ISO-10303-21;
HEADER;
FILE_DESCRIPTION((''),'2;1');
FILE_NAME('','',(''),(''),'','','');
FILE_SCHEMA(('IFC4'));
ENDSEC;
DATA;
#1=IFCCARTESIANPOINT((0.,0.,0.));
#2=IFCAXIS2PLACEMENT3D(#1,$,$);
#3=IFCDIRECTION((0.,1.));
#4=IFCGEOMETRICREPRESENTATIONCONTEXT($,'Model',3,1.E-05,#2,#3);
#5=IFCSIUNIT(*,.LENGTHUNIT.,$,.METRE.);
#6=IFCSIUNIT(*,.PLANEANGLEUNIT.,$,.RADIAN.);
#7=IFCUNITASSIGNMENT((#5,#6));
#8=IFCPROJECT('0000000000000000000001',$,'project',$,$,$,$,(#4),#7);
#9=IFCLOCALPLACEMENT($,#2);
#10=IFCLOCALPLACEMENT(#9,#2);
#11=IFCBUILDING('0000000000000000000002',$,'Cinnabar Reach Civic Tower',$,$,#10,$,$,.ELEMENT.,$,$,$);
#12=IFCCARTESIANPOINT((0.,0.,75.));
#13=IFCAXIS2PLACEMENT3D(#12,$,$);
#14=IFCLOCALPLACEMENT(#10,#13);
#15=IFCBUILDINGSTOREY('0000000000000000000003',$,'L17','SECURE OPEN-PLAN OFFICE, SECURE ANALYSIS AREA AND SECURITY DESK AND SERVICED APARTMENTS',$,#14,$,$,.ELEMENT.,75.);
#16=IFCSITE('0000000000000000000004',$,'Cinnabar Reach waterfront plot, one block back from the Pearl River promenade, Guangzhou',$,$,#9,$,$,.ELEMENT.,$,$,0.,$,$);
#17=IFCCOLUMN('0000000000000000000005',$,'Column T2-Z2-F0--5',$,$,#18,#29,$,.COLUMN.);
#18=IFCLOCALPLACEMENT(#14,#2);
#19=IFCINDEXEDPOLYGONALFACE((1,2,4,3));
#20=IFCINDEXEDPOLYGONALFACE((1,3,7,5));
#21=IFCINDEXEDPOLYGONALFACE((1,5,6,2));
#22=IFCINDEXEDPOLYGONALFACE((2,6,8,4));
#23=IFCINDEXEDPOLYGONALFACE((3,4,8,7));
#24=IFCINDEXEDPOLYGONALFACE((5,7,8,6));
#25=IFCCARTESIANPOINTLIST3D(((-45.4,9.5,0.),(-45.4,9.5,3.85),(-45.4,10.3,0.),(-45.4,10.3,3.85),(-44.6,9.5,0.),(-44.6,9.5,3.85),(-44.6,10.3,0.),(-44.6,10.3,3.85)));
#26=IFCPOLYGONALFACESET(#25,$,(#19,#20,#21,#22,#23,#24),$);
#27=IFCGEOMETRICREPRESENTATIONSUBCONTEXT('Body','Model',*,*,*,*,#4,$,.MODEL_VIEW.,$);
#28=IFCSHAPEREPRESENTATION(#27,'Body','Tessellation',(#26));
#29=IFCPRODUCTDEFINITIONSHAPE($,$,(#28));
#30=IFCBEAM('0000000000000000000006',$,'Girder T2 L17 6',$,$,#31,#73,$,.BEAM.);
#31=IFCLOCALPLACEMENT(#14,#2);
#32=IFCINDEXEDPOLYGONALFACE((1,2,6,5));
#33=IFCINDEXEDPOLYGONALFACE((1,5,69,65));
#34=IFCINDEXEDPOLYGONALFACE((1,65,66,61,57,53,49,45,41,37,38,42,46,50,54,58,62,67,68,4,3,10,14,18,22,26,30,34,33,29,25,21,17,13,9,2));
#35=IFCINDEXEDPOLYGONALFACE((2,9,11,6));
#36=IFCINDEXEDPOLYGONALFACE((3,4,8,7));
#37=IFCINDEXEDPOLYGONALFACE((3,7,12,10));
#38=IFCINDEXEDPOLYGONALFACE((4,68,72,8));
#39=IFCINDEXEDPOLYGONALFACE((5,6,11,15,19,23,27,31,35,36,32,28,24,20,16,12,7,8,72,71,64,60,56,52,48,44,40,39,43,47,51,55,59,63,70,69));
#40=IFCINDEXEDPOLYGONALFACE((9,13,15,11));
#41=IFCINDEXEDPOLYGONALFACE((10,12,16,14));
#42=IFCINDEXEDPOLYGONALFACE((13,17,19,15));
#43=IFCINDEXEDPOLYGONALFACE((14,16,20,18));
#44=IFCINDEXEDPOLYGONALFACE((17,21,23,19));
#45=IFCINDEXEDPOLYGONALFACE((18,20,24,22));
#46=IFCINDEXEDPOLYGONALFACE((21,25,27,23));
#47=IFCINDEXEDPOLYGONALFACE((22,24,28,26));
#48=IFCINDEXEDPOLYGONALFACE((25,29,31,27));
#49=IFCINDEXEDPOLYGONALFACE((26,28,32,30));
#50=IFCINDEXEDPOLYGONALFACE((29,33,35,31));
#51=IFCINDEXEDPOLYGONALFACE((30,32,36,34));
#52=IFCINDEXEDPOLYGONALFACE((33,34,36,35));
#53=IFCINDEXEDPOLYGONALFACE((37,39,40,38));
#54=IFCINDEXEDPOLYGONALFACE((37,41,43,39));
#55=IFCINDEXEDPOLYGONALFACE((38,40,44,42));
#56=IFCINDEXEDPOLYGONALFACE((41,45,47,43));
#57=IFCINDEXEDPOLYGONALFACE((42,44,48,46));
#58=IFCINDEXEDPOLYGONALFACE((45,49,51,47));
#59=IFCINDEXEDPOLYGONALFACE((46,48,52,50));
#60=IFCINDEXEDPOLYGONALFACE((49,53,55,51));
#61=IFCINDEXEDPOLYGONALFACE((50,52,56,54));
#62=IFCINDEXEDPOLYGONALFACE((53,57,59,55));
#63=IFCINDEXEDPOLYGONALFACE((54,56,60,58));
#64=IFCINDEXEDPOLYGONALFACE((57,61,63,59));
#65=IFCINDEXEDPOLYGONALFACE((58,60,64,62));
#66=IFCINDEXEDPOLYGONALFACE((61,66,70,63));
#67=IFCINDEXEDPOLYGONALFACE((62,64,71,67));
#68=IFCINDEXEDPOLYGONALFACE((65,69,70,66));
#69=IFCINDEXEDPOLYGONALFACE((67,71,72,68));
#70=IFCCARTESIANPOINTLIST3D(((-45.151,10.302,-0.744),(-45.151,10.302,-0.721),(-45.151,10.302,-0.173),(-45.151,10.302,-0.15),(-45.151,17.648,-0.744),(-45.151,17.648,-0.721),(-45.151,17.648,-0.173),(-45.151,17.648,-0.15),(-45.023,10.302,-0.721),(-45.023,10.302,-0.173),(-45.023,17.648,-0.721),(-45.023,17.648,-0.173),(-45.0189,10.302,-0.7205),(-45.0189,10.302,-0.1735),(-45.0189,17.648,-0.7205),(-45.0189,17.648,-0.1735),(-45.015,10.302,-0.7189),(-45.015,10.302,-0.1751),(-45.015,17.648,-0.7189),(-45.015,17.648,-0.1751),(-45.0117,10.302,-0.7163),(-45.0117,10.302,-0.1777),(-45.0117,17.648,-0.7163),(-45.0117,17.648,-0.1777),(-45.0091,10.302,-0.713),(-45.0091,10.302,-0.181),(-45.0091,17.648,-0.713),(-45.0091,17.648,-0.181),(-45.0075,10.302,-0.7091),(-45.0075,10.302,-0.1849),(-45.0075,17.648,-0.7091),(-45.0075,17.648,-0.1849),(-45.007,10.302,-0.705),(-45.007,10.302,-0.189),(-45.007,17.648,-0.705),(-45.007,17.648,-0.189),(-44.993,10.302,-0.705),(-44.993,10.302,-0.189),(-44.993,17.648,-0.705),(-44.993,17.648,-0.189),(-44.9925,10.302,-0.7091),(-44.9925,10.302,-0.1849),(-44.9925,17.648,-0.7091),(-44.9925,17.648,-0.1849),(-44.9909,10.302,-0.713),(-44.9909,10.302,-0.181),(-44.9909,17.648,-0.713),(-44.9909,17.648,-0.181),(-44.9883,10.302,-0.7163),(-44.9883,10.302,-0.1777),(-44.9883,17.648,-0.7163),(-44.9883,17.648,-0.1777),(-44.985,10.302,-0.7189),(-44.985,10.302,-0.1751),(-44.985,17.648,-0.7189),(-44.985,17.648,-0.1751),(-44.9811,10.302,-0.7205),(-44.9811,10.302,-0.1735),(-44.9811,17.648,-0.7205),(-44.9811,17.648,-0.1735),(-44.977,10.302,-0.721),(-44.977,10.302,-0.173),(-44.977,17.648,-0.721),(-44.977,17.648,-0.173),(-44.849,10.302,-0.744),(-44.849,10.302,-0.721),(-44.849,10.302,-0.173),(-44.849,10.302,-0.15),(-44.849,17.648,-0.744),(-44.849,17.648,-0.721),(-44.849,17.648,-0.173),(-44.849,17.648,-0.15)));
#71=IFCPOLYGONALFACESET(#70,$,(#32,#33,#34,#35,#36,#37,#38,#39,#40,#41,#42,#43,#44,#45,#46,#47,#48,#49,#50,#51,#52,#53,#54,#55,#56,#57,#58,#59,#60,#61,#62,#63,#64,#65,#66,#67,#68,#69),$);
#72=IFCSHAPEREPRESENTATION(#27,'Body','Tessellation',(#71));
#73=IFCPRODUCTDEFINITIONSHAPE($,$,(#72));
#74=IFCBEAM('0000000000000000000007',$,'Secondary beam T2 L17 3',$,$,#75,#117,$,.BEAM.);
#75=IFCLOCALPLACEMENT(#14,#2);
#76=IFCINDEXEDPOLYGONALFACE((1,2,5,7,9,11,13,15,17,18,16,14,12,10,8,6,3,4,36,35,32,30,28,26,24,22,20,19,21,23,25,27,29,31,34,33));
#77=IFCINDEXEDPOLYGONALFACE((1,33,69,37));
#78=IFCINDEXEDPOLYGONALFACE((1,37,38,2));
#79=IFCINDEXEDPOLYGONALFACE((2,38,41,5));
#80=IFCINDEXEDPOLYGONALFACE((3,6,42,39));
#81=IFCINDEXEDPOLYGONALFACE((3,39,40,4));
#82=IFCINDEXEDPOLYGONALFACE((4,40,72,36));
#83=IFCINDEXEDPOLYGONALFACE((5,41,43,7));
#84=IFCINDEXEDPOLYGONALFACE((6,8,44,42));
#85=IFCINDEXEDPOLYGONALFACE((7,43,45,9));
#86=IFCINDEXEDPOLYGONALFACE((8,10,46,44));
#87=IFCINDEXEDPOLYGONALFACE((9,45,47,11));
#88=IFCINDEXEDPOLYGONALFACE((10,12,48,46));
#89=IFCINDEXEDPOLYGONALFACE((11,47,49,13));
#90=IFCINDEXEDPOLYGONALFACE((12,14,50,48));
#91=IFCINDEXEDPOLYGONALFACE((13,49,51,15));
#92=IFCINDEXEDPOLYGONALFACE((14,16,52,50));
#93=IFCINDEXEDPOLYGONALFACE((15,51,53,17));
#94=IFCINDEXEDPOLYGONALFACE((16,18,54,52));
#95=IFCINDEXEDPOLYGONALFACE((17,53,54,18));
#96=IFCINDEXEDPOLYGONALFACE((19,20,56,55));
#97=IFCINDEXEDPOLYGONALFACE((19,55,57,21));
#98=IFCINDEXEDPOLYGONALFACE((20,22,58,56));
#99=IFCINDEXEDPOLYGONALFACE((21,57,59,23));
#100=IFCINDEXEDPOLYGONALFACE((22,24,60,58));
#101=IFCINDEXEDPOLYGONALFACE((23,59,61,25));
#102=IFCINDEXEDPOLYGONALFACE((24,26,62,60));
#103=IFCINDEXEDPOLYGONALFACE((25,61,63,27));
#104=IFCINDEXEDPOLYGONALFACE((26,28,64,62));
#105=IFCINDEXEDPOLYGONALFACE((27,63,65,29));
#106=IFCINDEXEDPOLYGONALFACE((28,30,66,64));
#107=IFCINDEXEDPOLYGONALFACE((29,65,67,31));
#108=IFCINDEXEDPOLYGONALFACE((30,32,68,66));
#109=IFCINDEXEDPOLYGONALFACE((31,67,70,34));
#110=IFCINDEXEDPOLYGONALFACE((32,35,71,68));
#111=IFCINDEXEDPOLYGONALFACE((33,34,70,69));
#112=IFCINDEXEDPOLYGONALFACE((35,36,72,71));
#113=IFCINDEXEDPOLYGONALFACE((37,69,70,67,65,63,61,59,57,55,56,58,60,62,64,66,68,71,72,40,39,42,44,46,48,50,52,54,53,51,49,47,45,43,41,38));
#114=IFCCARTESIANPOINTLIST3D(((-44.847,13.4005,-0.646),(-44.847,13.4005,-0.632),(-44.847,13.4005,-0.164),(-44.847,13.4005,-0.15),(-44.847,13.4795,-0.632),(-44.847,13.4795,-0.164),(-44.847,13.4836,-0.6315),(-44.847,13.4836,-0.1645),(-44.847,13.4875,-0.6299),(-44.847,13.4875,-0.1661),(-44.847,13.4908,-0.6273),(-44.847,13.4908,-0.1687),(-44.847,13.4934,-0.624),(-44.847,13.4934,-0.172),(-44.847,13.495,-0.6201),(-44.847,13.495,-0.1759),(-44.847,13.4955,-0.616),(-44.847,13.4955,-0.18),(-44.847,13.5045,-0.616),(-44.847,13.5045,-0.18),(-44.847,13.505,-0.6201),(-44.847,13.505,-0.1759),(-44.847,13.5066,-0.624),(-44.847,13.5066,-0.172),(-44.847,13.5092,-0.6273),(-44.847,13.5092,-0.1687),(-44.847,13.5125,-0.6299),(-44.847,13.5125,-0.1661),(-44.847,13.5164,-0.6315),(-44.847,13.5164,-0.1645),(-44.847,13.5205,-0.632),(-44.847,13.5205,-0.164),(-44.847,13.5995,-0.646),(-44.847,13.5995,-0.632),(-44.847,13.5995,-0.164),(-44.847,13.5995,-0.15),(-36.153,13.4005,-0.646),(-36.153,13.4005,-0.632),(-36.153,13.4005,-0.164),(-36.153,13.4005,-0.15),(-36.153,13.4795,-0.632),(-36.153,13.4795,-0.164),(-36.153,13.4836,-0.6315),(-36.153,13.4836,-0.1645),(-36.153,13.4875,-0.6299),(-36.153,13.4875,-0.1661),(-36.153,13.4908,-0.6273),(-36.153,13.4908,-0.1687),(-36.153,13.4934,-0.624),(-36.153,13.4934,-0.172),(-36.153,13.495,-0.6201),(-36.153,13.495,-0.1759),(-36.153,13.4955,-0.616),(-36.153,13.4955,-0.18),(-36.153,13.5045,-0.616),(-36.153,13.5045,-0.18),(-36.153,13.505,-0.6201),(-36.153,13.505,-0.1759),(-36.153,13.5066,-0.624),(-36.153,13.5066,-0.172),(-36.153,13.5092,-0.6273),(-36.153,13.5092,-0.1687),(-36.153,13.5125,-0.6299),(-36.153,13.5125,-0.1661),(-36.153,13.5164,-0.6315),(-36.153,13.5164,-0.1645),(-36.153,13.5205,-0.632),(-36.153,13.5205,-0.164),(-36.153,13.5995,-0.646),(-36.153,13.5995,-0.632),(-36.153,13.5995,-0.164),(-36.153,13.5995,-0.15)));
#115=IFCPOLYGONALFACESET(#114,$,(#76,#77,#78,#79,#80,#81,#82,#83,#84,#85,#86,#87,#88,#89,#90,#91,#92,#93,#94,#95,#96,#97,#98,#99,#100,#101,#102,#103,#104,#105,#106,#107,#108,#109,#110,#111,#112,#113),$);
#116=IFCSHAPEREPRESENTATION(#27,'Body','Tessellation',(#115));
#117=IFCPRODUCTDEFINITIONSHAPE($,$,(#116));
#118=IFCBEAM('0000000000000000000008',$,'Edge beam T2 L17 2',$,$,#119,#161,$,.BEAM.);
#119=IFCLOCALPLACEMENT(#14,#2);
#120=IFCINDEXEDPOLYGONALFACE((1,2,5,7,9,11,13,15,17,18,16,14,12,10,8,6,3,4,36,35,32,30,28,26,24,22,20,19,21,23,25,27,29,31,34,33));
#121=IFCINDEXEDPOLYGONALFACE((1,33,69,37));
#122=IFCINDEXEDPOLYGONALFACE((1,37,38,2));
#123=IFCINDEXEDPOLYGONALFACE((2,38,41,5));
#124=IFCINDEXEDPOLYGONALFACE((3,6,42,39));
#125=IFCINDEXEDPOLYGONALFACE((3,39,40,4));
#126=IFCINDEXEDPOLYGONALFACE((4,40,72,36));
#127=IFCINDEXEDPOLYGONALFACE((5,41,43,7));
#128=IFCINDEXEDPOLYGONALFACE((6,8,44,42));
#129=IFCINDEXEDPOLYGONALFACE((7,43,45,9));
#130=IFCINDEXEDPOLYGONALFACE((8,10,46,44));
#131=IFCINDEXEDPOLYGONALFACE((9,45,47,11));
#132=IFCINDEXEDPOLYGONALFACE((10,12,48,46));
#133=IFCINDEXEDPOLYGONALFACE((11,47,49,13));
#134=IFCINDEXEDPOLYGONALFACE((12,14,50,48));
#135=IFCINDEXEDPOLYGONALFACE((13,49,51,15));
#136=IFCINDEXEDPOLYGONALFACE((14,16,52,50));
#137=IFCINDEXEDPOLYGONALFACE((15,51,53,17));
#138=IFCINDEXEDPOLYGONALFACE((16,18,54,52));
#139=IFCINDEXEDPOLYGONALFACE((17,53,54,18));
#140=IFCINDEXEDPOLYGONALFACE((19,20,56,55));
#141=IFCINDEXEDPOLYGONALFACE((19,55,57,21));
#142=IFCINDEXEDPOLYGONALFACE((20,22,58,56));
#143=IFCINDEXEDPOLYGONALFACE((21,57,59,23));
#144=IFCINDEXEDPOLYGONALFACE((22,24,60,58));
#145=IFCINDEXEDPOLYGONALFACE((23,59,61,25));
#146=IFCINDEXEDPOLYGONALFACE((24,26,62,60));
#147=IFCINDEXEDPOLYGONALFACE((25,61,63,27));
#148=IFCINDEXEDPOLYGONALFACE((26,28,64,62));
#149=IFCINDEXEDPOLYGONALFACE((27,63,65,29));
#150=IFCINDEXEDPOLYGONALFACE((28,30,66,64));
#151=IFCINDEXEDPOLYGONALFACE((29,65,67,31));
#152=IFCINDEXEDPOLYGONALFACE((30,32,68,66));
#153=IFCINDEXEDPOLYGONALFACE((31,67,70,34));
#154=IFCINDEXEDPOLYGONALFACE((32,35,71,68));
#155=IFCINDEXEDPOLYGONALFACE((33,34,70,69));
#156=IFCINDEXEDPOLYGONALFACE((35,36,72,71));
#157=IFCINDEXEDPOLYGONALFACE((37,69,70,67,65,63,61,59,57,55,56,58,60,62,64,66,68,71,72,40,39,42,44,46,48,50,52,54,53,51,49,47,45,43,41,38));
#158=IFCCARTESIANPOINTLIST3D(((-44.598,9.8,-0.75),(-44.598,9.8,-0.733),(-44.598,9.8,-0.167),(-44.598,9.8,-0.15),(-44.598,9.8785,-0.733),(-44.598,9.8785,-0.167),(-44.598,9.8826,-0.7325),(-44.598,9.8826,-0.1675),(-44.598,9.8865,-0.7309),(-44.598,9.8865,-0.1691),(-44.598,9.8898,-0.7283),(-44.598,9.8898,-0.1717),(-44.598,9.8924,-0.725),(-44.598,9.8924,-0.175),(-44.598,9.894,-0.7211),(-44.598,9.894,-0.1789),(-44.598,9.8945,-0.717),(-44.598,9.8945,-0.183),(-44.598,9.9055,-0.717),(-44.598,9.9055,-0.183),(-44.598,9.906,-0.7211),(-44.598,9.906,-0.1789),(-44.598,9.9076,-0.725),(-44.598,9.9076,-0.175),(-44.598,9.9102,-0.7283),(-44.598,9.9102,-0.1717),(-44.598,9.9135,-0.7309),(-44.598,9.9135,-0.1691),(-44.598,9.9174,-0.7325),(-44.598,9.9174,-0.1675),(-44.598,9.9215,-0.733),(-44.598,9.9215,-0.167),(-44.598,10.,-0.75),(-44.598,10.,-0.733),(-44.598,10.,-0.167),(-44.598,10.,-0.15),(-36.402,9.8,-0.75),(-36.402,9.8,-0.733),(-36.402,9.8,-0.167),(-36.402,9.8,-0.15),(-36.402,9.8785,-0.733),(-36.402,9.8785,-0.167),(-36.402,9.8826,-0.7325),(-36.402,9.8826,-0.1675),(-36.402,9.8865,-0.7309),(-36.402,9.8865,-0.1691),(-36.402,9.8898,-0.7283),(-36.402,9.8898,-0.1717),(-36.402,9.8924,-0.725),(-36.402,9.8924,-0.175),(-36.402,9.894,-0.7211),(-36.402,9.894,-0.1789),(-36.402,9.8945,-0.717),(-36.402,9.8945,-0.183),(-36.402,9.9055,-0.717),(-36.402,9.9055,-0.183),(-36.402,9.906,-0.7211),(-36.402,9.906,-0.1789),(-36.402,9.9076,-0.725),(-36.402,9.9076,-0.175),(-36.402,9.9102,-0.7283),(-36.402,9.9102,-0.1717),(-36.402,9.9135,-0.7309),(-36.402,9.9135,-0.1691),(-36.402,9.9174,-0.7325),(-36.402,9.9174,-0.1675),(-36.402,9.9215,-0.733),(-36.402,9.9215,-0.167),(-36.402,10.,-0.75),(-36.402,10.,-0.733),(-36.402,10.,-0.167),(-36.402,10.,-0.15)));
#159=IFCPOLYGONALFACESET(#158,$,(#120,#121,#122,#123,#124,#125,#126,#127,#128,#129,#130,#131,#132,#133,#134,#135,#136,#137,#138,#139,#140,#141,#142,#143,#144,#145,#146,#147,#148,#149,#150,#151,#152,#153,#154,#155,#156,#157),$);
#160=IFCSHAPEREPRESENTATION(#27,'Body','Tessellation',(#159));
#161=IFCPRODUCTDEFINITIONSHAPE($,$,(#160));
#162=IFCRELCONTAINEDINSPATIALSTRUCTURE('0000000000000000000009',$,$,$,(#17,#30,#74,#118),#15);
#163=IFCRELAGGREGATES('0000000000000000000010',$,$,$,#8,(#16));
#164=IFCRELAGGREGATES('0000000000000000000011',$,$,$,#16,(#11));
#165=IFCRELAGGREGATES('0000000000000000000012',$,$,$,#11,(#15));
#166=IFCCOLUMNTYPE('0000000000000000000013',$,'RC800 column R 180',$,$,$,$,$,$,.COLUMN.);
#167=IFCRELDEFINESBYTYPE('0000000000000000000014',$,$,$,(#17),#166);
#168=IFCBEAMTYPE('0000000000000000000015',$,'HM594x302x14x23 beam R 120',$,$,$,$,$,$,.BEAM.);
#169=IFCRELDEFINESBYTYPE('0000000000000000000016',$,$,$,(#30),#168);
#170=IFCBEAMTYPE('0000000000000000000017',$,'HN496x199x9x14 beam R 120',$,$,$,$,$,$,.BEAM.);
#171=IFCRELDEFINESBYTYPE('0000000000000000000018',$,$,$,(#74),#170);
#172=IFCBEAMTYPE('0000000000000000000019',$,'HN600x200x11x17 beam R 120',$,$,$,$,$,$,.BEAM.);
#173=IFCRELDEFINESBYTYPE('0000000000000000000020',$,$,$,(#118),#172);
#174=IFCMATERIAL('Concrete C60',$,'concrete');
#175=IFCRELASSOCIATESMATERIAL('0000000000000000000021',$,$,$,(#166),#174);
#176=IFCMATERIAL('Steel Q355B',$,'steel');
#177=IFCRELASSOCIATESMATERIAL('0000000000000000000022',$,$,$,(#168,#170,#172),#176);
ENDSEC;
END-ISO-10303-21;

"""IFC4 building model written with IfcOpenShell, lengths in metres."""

from ifc_helpers import new_model, si_unit, direction, frame, origin, origin_2d, place, context, subcontext, project, spatial, rectangle, i_section, extrude, material, material_profile, profile_set, type_object, element, save


model = new_model("IFC4")

# Units and contexts
model_context = context("Model", 3, precision=1e-05, world=origin(), true_north=direction((0.0, 1.0)))
body_context = subcontext(model_context, "Body", "Model", "MODEL_VIEW")
ifc_project = project(units=[si_unit("LENGTHUNIT", "METRE"), si_unit("PLANEANGLEUNIT", "RADIAN")], contexts=[model_context])

# Site, building, storey
site_placement = place(None, origin())
site = spatial("IfcSite", under=ifc_project, at=site_placement, Name="Cinnabar Reach waterfront plot, one block back from the Pearl River promenade, Guangzhou", CompositionType="ELEMENT", RefElevation=0.0)
building_placement = place(site_placement, origin())
building = spatial("IfcBuilding", under=site, at=building_placement, Name="Cinnabar Reach Civic Tower", CompositionType="ELEMENT")
storey_placement = place(building_placement, frame((0.0, 0.0, 75.0)))
storey = spatial("IfcBuildingStorey", under=building, at=storey_placement, Name="L17", Description="SECURE OPEN-PLAN OFFICE, SECURE ANALYSIS AREA AND SECURITY DESK AND SERVICED APARTMENTS", CompositionType="ELEMENT", Elevation=75.0)

# Column
ifc_material_1 = material(Name="Concrete C60", Category="concrete")
ifc_material_profile_1 = material_profile(ifc_material_1, rectangle(XDim=0.8, YDim=0.8, at=origin_2d()), Name="RC800")
ifc_profile_set_1 = profile_set([ifc_material_profile_1], Name="Concrete C60")
column_type = type_object("IfcColumnType", Name="RC800 column R 180", PredefinedType="COLUMN", material=ifc_profile_set_1)
column_placement = place(storey_placement, frame((-45.0, 9.9, 0.0), z_axis=(0.0, 0.0, 1.0), x_axis=(1.0, 0.0, 0.0)))
element("IfcColumn", 1, at=column_placement, inside=storey, type_object=column_type, Name="Column T2-Z2-F0--5", PredefinedType="COLUMN", context=body_context, shape_type="SweptSolid", body=[
    extrude(rectangle(XDim=0.8, YDim=0.8, at=origin_2d()), origin(), (0.0, 0.0, 1.0), 3.85),
])

# Beams
ifc_material_2 = material(Name="Steel Q355B", Category="steel")
ifc_material_profile_2 = material_profile(ifc_material_2, i_section(OverallWidth=0.302, OverallDepth=0.594, WebThickness=0.014, FlangeThickness=0.023, FilletRadius=0.016, at=origin_2d()), Name="HM594x302x14x23")
ifc_profile_set_2 = profile_set([ifc_material_profile_2], Name="Steel Q355B")
beam_type_1 = type_object("IfcBeamType", Name="HM594x302x14x23 beam R 120", PredefinedType="BEAM", material=ifc_profile_set_2)
beam_1_placement = place(storey_placement, frame((-45.0, 10.302, -0.447), z_axis=(0.0, 1.0, 0.0), x_axis=(-1.0, 0.0, 0.0)))
element("IfcBeam", 2, at=beam_1_placement, inside=storey, type_object=beam_type_1, Name="Girder T2 L17 6", PredefinedType="BEAM", context=body_context, shape_type="SweptSolid", body=[
    extrude(i_section(OverallWidth=0.302, OverallDepth=0.594, WebThickness=0.014, FlangeThickness=0.023, FilletRadius=0.016, at=origin_2d()), origin(), (0.0, 0.0, 1.0), 7.346),
])
ifc_material_profile_3 = material_profile(ifc_material_2, i_section(OverallWidth=0.199, OverallDepth=0.496, WebThickness=0.009, FlangeThickness=0.014, FilletRadius=0.016, at=origin_2d()), Name="HN496x199x9x14")
ifc_profile_set_3 = profile_set([ifc_material_profile_3], Name="Steel Q355B")
beam_type_2 = type_object("IfcBeamType", Name="HN496x199x9x14 beam R 120", PredefinedType="BEAM", material=ifc_profile_set_3)
beam_2_placement = place(storey_placement, frame((-44.847, 13.5, -0.398), z_axis=(1.0, 0.0, 0.0), x_axis=(0.0, 1.0, 0.0)))
element("IfcBeam", 3, at=beam_2_placement, inside=storey, type_object=beam_type_2, Name="Secondary beam T2 L17 3", PredefinedType="BEAM", context=body_context, shape_type="SweptSolid", body=[
    extrude(i_section(OverallWidth=0.199, OverallDepth=0.496, WebThickness=0.009, FlangeThickness=0.014, FilletRadius=0.016, at=origin_2d()), origin(), (0.0, 0.0, 1.0), 8.694),
])
ifc_material_profile_4 = material_profile(ifc_material_2, i_section(OverallWidth=0.2, OverallDepth=0.6, WebThickness=0.011, FlangeThickness=0.017, FilletRadius=0.016, at=origin_2d()), Name="HN600x200x11x17")
ifc_profile_set_4 = profile_set([ifc_material_profile_4], Name="Steel Q355B")
beam_type_3 = type_object("IfcBeamType", Name="HN600x200x11x17 beam R 120", PredefinedType="BEAM", material=ifc_profile_set_4)
beam_3_placement = place(storey_placement, frame((-44.598, 9.9, -0.45), z_axis=(1.0, 0.0, 0.0), x_axis=(0.0, 1.0, 0.0)))
element("IfcBeam", 4, at=beam_3_placement, inside=storey, type_object=beam_type_3, Name="Edge beam T2 L17 2", PredefinedType="BEAM", context=body_context, shape_type="SweptSolid", body=[
    extrude(i_section(OverallWidth=0.2, OverallDepth=0.6, WebThickness=0.011, FlangeThickness=0.017, FilletRadius=0.016, at=origin_2d()), origin(), (0.0, 0.0, 1.0), 8.196),
])

save(model, "model.ifc")
